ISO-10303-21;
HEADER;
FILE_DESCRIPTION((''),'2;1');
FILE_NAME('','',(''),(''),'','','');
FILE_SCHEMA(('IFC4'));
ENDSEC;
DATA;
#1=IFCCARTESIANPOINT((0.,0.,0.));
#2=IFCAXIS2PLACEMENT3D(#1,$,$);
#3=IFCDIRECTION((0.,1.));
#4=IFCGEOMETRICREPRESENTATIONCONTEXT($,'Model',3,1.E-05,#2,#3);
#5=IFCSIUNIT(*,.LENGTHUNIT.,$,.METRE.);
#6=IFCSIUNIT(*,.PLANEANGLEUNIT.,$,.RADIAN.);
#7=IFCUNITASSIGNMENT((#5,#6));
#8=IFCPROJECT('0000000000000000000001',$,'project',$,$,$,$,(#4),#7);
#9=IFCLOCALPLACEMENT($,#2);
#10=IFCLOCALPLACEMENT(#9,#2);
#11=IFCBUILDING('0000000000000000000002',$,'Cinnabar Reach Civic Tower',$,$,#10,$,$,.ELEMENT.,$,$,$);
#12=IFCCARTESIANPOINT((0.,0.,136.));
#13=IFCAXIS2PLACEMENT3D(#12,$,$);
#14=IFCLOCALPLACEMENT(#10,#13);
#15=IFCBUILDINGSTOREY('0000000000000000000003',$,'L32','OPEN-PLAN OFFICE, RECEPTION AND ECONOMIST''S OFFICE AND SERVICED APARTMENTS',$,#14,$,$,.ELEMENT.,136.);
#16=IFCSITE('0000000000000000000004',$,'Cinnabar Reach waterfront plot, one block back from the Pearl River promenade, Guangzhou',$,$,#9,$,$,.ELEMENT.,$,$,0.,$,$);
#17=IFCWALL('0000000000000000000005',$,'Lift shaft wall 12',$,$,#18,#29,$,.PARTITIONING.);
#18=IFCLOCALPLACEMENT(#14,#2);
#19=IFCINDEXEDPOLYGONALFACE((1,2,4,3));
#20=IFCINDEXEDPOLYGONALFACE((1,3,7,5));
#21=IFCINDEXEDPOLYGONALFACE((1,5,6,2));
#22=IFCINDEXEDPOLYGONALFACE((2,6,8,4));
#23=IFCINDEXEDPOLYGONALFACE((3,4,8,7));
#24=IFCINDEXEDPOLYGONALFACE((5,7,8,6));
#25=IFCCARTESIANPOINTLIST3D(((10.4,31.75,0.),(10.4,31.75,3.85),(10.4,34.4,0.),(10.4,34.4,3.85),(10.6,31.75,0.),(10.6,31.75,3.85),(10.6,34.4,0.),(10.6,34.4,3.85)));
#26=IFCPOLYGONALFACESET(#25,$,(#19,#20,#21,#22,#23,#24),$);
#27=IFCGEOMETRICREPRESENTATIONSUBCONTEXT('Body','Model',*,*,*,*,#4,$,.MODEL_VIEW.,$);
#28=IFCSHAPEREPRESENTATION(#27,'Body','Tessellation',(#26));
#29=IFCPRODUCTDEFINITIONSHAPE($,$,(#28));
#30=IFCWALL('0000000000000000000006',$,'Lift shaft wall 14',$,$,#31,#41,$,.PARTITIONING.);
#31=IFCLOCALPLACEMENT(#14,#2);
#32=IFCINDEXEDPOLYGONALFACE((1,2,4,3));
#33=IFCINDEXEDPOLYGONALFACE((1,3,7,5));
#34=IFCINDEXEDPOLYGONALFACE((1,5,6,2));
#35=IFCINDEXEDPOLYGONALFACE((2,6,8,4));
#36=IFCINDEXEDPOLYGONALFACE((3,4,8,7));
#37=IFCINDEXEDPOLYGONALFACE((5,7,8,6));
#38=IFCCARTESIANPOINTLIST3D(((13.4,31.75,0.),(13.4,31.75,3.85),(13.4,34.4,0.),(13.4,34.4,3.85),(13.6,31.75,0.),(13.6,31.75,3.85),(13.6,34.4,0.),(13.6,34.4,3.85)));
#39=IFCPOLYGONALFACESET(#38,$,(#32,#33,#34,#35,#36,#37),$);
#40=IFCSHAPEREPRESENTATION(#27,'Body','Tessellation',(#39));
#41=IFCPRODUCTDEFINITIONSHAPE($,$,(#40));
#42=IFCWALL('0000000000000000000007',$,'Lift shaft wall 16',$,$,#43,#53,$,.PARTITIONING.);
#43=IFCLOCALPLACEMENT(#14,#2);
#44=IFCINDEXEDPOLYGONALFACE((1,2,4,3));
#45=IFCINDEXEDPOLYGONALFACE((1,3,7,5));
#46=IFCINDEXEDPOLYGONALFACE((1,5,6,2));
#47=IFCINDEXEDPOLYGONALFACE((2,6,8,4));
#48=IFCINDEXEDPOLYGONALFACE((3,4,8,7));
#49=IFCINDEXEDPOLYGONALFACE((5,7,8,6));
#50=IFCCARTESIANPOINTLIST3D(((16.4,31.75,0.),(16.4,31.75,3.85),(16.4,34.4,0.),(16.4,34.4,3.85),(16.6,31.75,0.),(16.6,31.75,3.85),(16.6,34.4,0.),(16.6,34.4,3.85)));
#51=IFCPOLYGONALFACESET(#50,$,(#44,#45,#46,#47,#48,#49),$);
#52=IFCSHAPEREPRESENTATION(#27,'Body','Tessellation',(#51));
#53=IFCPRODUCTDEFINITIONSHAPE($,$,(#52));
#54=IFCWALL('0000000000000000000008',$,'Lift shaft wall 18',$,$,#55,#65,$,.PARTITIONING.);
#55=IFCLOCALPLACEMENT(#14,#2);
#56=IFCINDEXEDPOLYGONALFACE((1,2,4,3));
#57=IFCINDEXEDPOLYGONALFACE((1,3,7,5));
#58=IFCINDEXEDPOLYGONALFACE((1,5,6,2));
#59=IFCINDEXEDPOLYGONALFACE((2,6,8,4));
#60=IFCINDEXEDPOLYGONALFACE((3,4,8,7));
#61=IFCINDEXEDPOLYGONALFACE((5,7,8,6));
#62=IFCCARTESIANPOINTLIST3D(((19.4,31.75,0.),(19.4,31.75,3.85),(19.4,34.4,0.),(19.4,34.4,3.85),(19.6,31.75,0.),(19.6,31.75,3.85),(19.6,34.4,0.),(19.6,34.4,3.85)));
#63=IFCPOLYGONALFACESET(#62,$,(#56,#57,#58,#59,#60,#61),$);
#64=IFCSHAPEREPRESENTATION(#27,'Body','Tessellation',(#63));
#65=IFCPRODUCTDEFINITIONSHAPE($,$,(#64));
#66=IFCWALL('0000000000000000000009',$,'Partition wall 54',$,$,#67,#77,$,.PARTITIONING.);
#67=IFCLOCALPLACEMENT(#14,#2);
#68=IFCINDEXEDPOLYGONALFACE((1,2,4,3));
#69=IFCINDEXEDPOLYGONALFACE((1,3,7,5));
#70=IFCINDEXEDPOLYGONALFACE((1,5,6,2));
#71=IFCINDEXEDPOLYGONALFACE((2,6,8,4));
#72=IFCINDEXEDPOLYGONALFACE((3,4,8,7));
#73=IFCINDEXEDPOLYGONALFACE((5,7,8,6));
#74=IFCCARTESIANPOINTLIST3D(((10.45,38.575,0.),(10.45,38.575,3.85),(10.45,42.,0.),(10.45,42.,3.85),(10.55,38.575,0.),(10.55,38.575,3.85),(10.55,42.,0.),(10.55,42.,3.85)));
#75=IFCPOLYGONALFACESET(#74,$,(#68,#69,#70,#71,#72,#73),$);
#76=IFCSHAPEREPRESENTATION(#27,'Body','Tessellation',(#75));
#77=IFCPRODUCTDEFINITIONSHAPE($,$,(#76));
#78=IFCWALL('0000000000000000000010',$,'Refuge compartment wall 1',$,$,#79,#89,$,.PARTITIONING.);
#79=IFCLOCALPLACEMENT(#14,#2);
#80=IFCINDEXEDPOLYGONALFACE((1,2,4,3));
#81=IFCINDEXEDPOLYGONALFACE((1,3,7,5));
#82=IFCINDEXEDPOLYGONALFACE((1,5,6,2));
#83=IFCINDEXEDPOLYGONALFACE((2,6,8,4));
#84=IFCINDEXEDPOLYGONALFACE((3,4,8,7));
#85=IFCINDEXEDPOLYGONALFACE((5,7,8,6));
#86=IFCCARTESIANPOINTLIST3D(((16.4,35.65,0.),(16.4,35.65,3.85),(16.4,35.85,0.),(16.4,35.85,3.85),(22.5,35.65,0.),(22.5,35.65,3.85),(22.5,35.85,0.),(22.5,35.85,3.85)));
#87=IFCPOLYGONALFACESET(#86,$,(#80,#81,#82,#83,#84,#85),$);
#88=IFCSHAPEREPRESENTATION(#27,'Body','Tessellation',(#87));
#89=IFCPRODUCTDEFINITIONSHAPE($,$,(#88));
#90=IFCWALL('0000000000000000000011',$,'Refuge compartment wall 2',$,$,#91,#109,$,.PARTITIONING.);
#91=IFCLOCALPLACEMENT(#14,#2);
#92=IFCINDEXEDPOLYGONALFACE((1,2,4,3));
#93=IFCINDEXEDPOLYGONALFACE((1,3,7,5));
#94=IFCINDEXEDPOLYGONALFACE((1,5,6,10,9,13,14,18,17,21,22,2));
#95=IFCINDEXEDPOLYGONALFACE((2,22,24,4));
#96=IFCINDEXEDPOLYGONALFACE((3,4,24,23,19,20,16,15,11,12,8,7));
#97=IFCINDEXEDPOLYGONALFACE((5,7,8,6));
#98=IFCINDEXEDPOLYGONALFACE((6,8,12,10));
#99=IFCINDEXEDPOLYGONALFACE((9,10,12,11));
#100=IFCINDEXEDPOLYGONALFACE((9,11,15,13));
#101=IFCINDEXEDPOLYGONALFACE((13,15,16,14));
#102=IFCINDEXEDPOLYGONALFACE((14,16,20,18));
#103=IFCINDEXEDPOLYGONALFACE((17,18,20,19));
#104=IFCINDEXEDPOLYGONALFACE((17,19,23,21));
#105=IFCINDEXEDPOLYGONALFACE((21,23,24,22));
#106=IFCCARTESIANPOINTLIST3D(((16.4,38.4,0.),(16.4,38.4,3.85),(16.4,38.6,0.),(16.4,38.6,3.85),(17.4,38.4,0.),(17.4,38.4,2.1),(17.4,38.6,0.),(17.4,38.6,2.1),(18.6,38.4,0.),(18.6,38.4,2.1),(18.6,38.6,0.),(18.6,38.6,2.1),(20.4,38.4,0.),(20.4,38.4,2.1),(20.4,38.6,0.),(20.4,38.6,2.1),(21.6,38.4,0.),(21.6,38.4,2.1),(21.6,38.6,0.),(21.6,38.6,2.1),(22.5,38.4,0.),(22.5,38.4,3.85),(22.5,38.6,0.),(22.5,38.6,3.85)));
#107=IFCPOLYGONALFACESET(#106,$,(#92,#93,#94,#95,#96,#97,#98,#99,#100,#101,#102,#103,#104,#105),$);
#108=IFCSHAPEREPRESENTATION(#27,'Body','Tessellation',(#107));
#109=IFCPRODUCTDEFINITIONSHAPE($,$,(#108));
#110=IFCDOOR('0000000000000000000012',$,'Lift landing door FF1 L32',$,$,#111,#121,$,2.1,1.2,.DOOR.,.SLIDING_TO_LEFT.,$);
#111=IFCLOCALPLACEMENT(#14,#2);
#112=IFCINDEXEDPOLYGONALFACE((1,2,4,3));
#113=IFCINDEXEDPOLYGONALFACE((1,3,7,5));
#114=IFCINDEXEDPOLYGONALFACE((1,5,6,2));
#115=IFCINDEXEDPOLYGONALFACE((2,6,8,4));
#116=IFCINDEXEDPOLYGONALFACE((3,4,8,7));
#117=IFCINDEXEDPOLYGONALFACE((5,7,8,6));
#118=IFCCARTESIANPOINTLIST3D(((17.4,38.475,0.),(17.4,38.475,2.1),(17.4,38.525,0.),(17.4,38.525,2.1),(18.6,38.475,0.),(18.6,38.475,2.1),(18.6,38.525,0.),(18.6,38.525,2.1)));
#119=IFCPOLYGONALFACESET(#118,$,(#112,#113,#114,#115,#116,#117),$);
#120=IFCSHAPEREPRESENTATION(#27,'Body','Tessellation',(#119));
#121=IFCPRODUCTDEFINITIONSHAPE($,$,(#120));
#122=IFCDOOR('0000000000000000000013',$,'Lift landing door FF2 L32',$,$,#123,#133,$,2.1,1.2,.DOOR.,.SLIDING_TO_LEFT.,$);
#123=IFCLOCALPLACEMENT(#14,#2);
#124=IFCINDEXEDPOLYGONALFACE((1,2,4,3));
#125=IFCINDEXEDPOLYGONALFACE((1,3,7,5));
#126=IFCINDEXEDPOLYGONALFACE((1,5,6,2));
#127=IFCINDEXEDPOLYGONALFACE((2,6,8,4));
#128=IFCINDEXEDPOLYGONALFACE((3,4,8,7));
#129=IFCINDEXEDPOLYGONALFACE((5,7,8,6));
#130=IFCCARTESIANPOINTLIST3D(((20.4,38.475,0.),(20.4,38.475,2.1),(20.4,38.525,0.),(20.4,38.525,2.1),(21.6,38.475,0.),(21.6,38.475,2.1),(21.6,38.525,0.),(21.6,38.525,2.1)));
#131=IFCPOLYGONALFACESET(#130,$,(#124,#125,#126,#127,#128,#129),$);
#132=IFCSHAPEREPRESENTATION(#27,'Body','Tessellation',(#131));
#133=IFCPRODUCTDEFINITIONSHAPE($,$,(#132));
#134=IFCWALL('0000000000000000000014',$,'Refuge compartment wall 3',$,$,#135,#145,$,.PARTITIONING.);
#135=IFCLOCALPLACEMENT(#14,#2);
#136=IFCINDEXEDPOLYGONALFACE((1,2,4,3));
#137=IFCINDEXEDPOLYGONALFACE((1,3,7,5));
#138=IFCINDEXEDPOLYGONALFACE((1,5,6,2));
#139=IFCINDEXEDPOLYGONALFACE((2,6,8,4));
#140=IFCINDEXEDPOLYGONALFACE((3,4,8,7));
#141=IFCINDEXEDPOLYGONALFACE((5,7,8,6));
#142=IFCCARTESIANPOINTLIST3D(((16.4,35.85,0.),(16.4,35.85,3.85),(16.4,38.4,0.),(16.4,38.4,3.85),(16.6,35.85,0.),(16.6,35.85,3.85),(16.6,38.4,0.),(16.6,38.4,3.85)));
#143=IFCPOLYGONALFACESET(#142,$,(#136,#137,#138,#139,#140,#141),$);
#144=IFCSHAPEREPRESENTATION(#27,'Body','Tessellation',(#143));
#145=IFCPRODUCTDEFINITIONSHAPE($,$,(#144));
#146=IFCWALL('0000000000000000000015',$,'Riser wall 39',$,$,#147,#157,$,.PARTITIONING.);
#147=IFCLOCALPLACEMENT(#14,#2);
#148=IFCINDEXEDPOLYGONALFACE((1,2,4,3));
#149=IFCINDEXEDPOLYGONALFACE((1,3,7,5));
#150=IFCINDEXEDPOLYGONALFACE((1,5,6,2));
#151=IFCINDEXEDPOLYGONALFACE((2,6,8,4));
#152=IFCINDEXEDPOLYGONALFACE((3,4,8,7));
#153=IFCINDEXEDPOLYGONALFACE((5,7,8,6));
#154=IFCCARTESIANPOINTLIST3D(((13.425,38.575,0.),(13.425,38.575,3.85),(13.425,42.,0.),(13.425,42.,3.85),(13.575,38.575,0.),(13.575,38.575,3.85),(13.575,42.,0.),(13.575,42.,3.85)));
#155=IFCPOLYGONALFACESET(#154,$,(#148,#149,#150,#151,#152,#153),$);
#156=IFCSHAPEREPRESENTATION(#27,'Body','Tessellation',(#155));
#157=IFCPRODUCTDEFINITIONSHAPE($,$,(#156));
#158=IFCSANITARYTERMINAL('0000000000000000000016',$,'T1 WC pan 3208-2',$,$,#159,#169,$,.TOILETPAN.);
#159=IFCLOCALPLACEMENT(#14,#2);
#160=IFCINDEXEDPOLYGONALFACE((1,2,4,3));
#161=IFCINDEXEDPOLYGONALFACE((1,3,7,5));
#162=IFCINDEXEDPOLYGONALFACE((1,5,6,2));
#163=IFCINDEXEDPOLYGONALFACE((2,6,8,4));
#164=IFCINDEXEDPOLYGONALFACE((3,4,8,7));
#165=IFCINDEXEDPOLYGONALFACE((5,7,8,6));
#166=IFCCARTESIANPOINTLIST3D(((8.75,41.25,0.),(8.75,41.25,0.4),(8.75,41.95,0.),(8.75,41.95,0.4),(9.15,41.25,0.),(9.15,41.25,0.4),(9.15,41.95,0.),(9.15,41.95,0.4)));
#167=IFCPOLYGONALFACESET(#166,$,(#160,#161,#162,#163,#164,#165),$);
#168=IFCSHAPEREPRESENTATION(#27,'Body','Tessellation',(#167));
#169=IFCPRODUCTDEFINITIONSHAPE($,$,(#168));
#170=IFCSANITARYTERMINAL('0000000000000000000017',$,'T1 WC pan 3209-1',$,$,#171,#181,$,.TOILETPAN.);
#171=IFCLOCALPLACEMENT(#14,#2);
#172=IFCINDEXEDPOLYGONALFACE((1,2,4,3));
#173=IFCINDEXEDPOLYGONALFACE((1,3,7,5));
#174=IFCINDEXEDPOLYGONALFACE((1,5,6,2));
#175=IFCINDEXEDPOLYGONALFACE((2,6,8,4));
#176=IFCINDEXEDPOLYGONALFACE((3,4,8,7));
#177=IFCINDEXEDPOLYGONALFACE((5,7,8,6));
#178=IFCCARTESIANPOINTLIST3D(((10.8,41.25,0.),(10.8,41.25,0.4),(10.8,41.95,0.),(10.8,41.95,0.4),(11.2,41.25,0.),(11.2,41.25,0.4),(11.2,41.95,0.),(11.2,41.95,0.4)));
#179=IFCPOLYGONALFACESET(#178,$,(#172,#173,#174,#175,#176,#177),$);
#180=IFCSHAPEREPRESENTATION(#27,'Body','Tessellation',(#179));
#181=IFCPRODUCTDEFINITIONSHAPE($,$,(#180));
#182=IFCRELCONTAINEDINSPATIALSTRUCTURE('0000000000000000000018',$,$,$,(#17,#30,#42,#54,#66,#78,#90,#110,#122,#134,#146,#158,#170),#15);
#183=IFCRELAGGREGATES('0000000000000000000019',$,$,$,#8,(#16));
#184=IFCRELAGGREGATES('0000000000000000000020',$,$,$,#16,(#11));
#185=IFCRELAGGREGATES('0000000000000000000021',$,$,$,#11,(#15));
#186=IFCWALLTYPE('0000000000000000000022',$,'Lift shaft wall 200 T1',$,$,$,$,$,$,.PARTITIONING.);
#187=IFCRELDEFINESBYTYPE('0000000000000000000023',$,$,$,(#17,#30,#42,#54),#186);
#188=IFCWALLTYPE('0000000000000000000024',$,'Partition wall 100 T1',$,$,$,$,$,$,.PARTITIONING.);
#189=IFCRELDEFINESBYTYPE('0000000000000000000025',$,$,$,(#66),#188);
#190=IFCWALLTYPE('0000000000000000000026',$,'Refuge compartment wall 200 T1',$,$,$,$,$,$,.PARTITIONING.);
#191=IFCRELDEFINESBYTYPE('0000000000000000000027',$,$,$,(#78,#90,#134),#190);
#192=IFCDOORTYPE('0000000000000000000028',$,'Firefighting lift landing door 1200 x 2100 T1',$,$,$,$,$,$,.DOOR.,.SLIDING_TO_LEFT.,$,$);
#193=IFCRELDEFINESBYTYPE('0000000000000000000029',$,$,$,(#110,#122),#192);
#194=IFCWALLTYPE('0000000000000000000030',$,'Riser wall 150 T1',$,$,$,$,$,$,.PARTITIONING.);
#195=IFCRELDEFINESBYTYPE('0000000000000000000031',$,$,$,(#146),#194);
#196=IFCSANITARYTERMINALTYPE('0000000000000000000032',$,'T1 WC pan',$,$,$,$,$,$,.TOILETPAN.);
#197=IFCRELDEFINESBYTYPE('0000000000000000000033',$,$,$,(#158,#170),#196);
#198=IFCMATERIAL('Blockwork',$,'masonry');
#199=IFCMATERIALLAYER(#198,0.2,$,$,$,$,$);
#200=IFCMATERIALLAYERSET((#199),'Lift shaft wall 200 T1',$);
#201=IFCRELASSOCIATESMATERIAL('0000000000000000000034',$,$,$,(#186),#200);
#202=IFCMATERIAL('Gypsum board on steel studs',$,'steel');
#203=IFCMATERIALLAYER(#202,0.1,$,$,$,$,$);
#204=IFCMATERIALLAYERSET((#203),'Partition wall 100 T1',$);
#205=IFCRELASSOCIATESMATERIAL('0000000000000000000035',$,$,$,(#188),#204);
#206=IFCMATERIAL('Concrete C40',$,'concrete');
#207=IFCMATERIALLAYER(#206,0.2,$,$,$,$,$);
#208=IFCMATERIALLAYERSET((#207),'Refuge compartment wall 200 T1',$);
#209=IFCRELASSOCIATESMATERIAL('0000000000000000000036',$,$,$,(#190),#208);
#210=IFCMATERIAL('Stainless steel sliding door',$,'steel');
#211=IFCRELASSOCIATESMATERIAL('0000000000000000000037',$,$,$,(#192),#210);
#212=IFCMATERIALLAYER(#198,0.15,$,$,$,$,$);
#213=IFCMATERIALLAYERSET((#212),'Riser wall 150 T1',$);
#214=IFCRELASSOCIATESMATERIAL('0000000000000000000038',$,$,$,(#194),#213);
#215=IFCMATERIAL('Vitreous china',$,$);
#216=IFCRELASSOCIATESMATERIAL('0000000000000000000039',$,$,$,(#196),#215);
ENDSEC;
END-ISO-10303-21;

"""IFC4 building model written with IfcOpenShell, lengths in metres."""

from ifc_helpers import new_model, si_unit, direction, frame, frame_2d, origin, origin_2d, place, context, subcontext, project, spatial, rectangle, extrude, material, layer, layer_set, type_object, element, fill, save


model = new_model("IFC4")

# Units and contexts
model_context = context("Model", 3, precision=1e-05, world=origin(), true_north=direction((0.0, 1.0)))
body_context = subcontext(model_context, "Body", "Model", "MODEL_VIEW")
ifc_project = project(units=[si_unit("LENGTHUNIT", "METRE"), si_unit("PLANEANGLEUNIT", "RADIAN")], contexts=[model_context])

# Site, building, storey
site_placement = place(None, origin())
site = spatial("IfcSite", under=ifc_project, at=site_placement, Name="Cinnabar Reach waterfront plot, one block back from the Pearl River promenade, Guangzhou", CompositionType="ELEMENT", RefElevation=0.0)
building_placement = place(site_placement, origin())
building = spatial("IfcBuilding", under=site, at=building_placement, Name="Cinnabar Reach Civic Tower", CompositionType="ELEMENT")
storey_placement = place(building_placement, frame((0.0, 0.0, 136.0)))
storey = spatial("IfcBuildingStorey", under=building, at=storey_placement, Name="L32", Description="OPEN-PLAN OFFICE, RECEPTION AND ECONOMIST'S OFFICE AND SERVICED APARTMENTS", CompositionType="ELEMENT", Elevation=136.0)

# Walls
ifc_material_1 = material(Name="Blockwork", Category="masonry")
ifc_layer_1 = layer(ifc_material_1, 0.2)
ifc_layer_set_1 = layer_set([ifc_layer_1], Name="Lift shaft wall 200 T1")
wall_type_1 = type_object("IfcWallType", Name="Lift shaft wall 200 T1", PredefinedType="PARTITIONING", material=ifc_layer_set_1)
for number, where, z_axis, x_axis, name in (
    (1, (10.5, 31.75, 0.0), (0.0, 0.0, 1.0), (0.0, 1.0, 0.0), "Lift shaft wall 12"),
    (2, (13.5, 31.75, 0.0), (0.0, 0.0, 1.0), (0.0, 1.0, 0.0), "Lift shaft wall 14"),
    (3, (16.5, 31.75, 0.0), (0.0, 0.0, 1.0), (0.0, 1.0, 0.0), "Lift shaft wall 16"),
    (4, (19.5, 31.75, 0.0), (0.0, 0.0, 1.0), (0.0, 1.0, 0.0), "Lift shaft wall 18"),
):
    element("IfcWall", number, at=place(storey_placement, frame(where, z_axis=z_axis, x_axis=x_axis)), inside=storey, type_object=wall_type_1, Name=name, PredefinedType="PARTITIONING", context=body_context, shape_type="SweptSolid", body=[
        extrude(rectangle(XDim=2.65, YDim=0.2, at=frame_2d((1.325, 0.0))), origin(), (0.0, 0.0, 1.0), 3.85),
    ])
ifc_material_2 = material(Name="Gypsum board on steel studs", Category="steel")
ifc_layer_2 = layer(ifc_material_2, 0.1)
ifc_layer_set_2 = layer_set([ifc_layer_2], Name="Partition wall 100 T1")
wall_type_2 = type_object("IfcWallType", Name="Partition wall 100 T1", PredefinedType="PARTITIONING", material=ifc_layer_set_2)
wall_1_placement = place(storey_placement, frame((10.5, 38.575, 0.0), z_axis=(0.0, 0.0, 1.0), x_axis=(0.0, 1.0, 0.0)))
element("IfcWall", 5, at=wall_1_placement, inside=storey, type_object=wall_type_2, Name="Partition wall 54", PredefinedType="PARTITIONING", context=body_context, shape_type="SweptSolid", body=[
    extrude(rectangle(XDim=3.425, YDim=0.1, at=frame_2d((1.7125, 0.0))), origin(), (0.0, 0.0, 1.0), 3.85),
])
ifc_material_3 = material(Name="Concrete C40", Category="concrete")
ifc_layer_3 = layer(ifc_material_3, 0.2)
ifc_layer_set_3 = layer_set([ifc_layer_3], Name="Refuge compartment wall 200 T1")
wall_type_3 = type_object("IfcWallType", Name="Refuge compartment wall 200 T1", PredefinedType="PARTITIONING", material=ifc_layer_set_3)
wall_2_placement = place(storey_placement, frame((16.4, 35.75, 0.0), z_axis=(0.0, 0.0, 1.0), x_axis=(1.0, 0.0, 0.0)))
element("IfcWall", 6, at=wall_2_placement, inside=storey, type_object=wall_type_3, Name="Refuge compartment wall 1", PredefinedType="PARTITIONING", context=body_context, shape_type="SweptSolid", body=[
    extrude(rectangle(XDim=6.1, YDim=0.2, at=frame_2d((3.05, 0.0))), origin(), (0.0, 0.0, 1.0), 3.85),
])

# Wall, openings, doors
wall_3_placement = place(storey_placement, frame((16.4, 38.5, 0.0), z_axis=(0.0, 0.0, 1.0), x_axis=(1.0, 0.0, 0.0)))
wall_3 = element("IfcWall", 7, at=wall_3_placement, inside=storey, type_object=wall_type_3, Name="Refuge compartment wall 2", PredefinedType="PARTITIONING", context=body_context, shape_type="SweptSolid", body=[
    extrude(rectangle(XDim=6.1, YDim=0.2, at=frame_2d((3.05, 0.0))), origin(), (0.0, 0.0, 1.0), 3.85),
])
opening_1_placement = place(wall_3_placement, frame((1.0, 0.0, 0.0)))
opening_1 = element("IfcOpeningElement", 8, at=opening_1_placement, cuts=wall_3, PredefinedType="OPENING", context=body_context, shape_type="SweptSolid", body=[
    extrude(rectangle(XDim=1.2, YDim=2.1, at=frame_2d((0.6, 1.05))), frame((0.0, 0.11, 0.0), z_axis=(0.0, -1.0, 0.0), x_axis=(1.0, 0.0, 0.0)), (0.0, 0.0, 1.0), 0.22),
])
opening_2_placement = place(wall_3_placement, frame((4.0, 0.0, 0.0)))
opening_2 = element("IfcOpeningElement", 9, at=opening_2_placement, cuts=wall_3, PredefinedType="OPENING", context=body_context, shape_type="SweptSolid", body=[
    extrude(rectangle(XDim=1.2, YDim=2.1, at=frame_2d((0.6, 1.05))), frame((0.0, 0.11, 0.0), z_axis=(0.0, -1.0, 0.0), x_axis=(1.0, 0.0, 0.0)), (0.0, 0.0, 1.0), 0.22),
])
ifc_material_4 = material(Name="Stainless steel sliding door", Category="steel")
door_type_1 = type_object("IfcDoorType", Name="Firefighting lift landing door 1200 x 2100 T1", OperationType="SLIDING_TO_LEFT", PredefinedType="DOOR", material=ifc_material_4)
door_1_placement = place(opening_1_placement, origin())
door_1 = element("IfcDoor", 10, at=door_1_placement, inside=storey, type_object=door_type_1, Name="Lift landing door FF1 L32", OperationType="SLIDING_TO_LEFT", OverallHeight=2.1, OverallWidth=1.2, PredefinedType="DOOR", context=body_context, shape_type="SweptSolid", body=[
    extrude(rectangle(XDim=1.2, YDim=2.1, at=frame_2d((0.6, 1.05))), frame((0.0, 0.025, 0.0), z_axis=(0.0, -1.0, 0.0), x_axis=(1.0, 0.0, 0.0)), (0.0, 0.0, 1.0), 0.05),
])
fill(opening_1, door_1)
door_2_placement = place(opening_2_placement, origin())
door_2 = element("IfcDoor", 11, at=door_2_placement, inside=storey, type_object=door_type_1, Name="Lift landing door FF2 L32", OperationType="SLIDING_TO_LEFT", OverallHeight=2.1, OverallWidth=1.2, PredefinedType="DOOR", context=body_context, shape_type="SweptSolid", body=[
    extrude(rectangle(XDim=1.2, YDim=2.1, at=frame_2d((0.6, 1.05))), frame((0.0, 0.025, 0.0), z_axis=(0.0, -1.0, 0.0), x_axis=(1.0, 0.0, 0.0)), (0.0, 0.0, 1.0), 0.05),
])
fill(opening_2, door_2)

# Walls
wall_4_placement = place(storey_placement, frame((16.5, 35.85, 0.0), z_axis=(0.0, 0.0, 1.0), x_axis=(0.0, 1.0, 0.0)))
element("IfcWall", 12, at=wall_4_placement, inside=storey, type_object=wall_type_3, Name="Refuge compartment wall 3", PredefinedType="PARTITIONING", context=body_context, shape_type="SweptSolid", body=[
    extrude(rectangle(XDim=2.55, YDim=0.2, at=frame_2d((1.275, 0.0))), origin(), (0.0, 0.0, 1.0), 3.85),
])
ifc_layer_4 = layer(ifc_material_1, 0.15)
ifc_layer_set_4 = layer_set([ifc_layer_4], Name="Riser wall 150 T1")
wall_type_4 = type_object("IfcWallType", Name="Riser wall 150 T1", PredefinedType="PARTITIONING", material=ifc_layer_set_4)
wall_5_placement = place(storey_placement, frame((13.5, 38.575, 0.0), z_axis=(0.0, 0.0, 1.0), x_axis=(0.0, 1.0, 0.0)))
element("IfcWall", 13, at=wall_5_placement, inside=storey, type_object=wall_type_4, Name="Riser wall 39", PredefinedType="PARTITIONING", context=body_context, shape_type="SweptSolid", body=[
    extrude(rectangle(XDim=3.425, YDim=0.15, at=frame_2d((1.7125, 0.0))), origin(), (0.0, 0.0, 1.0), 3.85),
])

# Sanitary terminals
ifc_material_5 = material(Name="Vitreous china")
sanitary_terminal_type = type_object("IfcSanitaryTerminalType", Name="T1 WC pan", PredefinedType="TOILETPAN", material=ifc_material_5)
for number, where, z_axis, x_axis, name in (
    (14, (8.95, 41.6, 0.0), (0.0, 0.0, 1.0), (1.0, 0.0, 0.0), "T1 WC pan 3208-2"),
    (15, (11.0, 41.6, 0.0), (0.0, 0.0, 1.0), (1.0, 0.0, 0.0), "T1 WC pan 3209-1"),
):
    element("IfcSanitaryTerminal", number, at=place(storey_placement, frame(where, z_axis=z_axis, x_axis=x_axis)), inside=storey, type_object=sanitary_terminal_type, Name=name, PredefinedType="TOILETPAN", context=body_context, shape_type="SweptSolid", body=[
        extrude(rectangle(XDim=0.4, YDim=0.7, at=origin_2d()), origin(), (0.0, 0.0, 1.0), 0.4),
    ])

save(model, "model.ifc")
